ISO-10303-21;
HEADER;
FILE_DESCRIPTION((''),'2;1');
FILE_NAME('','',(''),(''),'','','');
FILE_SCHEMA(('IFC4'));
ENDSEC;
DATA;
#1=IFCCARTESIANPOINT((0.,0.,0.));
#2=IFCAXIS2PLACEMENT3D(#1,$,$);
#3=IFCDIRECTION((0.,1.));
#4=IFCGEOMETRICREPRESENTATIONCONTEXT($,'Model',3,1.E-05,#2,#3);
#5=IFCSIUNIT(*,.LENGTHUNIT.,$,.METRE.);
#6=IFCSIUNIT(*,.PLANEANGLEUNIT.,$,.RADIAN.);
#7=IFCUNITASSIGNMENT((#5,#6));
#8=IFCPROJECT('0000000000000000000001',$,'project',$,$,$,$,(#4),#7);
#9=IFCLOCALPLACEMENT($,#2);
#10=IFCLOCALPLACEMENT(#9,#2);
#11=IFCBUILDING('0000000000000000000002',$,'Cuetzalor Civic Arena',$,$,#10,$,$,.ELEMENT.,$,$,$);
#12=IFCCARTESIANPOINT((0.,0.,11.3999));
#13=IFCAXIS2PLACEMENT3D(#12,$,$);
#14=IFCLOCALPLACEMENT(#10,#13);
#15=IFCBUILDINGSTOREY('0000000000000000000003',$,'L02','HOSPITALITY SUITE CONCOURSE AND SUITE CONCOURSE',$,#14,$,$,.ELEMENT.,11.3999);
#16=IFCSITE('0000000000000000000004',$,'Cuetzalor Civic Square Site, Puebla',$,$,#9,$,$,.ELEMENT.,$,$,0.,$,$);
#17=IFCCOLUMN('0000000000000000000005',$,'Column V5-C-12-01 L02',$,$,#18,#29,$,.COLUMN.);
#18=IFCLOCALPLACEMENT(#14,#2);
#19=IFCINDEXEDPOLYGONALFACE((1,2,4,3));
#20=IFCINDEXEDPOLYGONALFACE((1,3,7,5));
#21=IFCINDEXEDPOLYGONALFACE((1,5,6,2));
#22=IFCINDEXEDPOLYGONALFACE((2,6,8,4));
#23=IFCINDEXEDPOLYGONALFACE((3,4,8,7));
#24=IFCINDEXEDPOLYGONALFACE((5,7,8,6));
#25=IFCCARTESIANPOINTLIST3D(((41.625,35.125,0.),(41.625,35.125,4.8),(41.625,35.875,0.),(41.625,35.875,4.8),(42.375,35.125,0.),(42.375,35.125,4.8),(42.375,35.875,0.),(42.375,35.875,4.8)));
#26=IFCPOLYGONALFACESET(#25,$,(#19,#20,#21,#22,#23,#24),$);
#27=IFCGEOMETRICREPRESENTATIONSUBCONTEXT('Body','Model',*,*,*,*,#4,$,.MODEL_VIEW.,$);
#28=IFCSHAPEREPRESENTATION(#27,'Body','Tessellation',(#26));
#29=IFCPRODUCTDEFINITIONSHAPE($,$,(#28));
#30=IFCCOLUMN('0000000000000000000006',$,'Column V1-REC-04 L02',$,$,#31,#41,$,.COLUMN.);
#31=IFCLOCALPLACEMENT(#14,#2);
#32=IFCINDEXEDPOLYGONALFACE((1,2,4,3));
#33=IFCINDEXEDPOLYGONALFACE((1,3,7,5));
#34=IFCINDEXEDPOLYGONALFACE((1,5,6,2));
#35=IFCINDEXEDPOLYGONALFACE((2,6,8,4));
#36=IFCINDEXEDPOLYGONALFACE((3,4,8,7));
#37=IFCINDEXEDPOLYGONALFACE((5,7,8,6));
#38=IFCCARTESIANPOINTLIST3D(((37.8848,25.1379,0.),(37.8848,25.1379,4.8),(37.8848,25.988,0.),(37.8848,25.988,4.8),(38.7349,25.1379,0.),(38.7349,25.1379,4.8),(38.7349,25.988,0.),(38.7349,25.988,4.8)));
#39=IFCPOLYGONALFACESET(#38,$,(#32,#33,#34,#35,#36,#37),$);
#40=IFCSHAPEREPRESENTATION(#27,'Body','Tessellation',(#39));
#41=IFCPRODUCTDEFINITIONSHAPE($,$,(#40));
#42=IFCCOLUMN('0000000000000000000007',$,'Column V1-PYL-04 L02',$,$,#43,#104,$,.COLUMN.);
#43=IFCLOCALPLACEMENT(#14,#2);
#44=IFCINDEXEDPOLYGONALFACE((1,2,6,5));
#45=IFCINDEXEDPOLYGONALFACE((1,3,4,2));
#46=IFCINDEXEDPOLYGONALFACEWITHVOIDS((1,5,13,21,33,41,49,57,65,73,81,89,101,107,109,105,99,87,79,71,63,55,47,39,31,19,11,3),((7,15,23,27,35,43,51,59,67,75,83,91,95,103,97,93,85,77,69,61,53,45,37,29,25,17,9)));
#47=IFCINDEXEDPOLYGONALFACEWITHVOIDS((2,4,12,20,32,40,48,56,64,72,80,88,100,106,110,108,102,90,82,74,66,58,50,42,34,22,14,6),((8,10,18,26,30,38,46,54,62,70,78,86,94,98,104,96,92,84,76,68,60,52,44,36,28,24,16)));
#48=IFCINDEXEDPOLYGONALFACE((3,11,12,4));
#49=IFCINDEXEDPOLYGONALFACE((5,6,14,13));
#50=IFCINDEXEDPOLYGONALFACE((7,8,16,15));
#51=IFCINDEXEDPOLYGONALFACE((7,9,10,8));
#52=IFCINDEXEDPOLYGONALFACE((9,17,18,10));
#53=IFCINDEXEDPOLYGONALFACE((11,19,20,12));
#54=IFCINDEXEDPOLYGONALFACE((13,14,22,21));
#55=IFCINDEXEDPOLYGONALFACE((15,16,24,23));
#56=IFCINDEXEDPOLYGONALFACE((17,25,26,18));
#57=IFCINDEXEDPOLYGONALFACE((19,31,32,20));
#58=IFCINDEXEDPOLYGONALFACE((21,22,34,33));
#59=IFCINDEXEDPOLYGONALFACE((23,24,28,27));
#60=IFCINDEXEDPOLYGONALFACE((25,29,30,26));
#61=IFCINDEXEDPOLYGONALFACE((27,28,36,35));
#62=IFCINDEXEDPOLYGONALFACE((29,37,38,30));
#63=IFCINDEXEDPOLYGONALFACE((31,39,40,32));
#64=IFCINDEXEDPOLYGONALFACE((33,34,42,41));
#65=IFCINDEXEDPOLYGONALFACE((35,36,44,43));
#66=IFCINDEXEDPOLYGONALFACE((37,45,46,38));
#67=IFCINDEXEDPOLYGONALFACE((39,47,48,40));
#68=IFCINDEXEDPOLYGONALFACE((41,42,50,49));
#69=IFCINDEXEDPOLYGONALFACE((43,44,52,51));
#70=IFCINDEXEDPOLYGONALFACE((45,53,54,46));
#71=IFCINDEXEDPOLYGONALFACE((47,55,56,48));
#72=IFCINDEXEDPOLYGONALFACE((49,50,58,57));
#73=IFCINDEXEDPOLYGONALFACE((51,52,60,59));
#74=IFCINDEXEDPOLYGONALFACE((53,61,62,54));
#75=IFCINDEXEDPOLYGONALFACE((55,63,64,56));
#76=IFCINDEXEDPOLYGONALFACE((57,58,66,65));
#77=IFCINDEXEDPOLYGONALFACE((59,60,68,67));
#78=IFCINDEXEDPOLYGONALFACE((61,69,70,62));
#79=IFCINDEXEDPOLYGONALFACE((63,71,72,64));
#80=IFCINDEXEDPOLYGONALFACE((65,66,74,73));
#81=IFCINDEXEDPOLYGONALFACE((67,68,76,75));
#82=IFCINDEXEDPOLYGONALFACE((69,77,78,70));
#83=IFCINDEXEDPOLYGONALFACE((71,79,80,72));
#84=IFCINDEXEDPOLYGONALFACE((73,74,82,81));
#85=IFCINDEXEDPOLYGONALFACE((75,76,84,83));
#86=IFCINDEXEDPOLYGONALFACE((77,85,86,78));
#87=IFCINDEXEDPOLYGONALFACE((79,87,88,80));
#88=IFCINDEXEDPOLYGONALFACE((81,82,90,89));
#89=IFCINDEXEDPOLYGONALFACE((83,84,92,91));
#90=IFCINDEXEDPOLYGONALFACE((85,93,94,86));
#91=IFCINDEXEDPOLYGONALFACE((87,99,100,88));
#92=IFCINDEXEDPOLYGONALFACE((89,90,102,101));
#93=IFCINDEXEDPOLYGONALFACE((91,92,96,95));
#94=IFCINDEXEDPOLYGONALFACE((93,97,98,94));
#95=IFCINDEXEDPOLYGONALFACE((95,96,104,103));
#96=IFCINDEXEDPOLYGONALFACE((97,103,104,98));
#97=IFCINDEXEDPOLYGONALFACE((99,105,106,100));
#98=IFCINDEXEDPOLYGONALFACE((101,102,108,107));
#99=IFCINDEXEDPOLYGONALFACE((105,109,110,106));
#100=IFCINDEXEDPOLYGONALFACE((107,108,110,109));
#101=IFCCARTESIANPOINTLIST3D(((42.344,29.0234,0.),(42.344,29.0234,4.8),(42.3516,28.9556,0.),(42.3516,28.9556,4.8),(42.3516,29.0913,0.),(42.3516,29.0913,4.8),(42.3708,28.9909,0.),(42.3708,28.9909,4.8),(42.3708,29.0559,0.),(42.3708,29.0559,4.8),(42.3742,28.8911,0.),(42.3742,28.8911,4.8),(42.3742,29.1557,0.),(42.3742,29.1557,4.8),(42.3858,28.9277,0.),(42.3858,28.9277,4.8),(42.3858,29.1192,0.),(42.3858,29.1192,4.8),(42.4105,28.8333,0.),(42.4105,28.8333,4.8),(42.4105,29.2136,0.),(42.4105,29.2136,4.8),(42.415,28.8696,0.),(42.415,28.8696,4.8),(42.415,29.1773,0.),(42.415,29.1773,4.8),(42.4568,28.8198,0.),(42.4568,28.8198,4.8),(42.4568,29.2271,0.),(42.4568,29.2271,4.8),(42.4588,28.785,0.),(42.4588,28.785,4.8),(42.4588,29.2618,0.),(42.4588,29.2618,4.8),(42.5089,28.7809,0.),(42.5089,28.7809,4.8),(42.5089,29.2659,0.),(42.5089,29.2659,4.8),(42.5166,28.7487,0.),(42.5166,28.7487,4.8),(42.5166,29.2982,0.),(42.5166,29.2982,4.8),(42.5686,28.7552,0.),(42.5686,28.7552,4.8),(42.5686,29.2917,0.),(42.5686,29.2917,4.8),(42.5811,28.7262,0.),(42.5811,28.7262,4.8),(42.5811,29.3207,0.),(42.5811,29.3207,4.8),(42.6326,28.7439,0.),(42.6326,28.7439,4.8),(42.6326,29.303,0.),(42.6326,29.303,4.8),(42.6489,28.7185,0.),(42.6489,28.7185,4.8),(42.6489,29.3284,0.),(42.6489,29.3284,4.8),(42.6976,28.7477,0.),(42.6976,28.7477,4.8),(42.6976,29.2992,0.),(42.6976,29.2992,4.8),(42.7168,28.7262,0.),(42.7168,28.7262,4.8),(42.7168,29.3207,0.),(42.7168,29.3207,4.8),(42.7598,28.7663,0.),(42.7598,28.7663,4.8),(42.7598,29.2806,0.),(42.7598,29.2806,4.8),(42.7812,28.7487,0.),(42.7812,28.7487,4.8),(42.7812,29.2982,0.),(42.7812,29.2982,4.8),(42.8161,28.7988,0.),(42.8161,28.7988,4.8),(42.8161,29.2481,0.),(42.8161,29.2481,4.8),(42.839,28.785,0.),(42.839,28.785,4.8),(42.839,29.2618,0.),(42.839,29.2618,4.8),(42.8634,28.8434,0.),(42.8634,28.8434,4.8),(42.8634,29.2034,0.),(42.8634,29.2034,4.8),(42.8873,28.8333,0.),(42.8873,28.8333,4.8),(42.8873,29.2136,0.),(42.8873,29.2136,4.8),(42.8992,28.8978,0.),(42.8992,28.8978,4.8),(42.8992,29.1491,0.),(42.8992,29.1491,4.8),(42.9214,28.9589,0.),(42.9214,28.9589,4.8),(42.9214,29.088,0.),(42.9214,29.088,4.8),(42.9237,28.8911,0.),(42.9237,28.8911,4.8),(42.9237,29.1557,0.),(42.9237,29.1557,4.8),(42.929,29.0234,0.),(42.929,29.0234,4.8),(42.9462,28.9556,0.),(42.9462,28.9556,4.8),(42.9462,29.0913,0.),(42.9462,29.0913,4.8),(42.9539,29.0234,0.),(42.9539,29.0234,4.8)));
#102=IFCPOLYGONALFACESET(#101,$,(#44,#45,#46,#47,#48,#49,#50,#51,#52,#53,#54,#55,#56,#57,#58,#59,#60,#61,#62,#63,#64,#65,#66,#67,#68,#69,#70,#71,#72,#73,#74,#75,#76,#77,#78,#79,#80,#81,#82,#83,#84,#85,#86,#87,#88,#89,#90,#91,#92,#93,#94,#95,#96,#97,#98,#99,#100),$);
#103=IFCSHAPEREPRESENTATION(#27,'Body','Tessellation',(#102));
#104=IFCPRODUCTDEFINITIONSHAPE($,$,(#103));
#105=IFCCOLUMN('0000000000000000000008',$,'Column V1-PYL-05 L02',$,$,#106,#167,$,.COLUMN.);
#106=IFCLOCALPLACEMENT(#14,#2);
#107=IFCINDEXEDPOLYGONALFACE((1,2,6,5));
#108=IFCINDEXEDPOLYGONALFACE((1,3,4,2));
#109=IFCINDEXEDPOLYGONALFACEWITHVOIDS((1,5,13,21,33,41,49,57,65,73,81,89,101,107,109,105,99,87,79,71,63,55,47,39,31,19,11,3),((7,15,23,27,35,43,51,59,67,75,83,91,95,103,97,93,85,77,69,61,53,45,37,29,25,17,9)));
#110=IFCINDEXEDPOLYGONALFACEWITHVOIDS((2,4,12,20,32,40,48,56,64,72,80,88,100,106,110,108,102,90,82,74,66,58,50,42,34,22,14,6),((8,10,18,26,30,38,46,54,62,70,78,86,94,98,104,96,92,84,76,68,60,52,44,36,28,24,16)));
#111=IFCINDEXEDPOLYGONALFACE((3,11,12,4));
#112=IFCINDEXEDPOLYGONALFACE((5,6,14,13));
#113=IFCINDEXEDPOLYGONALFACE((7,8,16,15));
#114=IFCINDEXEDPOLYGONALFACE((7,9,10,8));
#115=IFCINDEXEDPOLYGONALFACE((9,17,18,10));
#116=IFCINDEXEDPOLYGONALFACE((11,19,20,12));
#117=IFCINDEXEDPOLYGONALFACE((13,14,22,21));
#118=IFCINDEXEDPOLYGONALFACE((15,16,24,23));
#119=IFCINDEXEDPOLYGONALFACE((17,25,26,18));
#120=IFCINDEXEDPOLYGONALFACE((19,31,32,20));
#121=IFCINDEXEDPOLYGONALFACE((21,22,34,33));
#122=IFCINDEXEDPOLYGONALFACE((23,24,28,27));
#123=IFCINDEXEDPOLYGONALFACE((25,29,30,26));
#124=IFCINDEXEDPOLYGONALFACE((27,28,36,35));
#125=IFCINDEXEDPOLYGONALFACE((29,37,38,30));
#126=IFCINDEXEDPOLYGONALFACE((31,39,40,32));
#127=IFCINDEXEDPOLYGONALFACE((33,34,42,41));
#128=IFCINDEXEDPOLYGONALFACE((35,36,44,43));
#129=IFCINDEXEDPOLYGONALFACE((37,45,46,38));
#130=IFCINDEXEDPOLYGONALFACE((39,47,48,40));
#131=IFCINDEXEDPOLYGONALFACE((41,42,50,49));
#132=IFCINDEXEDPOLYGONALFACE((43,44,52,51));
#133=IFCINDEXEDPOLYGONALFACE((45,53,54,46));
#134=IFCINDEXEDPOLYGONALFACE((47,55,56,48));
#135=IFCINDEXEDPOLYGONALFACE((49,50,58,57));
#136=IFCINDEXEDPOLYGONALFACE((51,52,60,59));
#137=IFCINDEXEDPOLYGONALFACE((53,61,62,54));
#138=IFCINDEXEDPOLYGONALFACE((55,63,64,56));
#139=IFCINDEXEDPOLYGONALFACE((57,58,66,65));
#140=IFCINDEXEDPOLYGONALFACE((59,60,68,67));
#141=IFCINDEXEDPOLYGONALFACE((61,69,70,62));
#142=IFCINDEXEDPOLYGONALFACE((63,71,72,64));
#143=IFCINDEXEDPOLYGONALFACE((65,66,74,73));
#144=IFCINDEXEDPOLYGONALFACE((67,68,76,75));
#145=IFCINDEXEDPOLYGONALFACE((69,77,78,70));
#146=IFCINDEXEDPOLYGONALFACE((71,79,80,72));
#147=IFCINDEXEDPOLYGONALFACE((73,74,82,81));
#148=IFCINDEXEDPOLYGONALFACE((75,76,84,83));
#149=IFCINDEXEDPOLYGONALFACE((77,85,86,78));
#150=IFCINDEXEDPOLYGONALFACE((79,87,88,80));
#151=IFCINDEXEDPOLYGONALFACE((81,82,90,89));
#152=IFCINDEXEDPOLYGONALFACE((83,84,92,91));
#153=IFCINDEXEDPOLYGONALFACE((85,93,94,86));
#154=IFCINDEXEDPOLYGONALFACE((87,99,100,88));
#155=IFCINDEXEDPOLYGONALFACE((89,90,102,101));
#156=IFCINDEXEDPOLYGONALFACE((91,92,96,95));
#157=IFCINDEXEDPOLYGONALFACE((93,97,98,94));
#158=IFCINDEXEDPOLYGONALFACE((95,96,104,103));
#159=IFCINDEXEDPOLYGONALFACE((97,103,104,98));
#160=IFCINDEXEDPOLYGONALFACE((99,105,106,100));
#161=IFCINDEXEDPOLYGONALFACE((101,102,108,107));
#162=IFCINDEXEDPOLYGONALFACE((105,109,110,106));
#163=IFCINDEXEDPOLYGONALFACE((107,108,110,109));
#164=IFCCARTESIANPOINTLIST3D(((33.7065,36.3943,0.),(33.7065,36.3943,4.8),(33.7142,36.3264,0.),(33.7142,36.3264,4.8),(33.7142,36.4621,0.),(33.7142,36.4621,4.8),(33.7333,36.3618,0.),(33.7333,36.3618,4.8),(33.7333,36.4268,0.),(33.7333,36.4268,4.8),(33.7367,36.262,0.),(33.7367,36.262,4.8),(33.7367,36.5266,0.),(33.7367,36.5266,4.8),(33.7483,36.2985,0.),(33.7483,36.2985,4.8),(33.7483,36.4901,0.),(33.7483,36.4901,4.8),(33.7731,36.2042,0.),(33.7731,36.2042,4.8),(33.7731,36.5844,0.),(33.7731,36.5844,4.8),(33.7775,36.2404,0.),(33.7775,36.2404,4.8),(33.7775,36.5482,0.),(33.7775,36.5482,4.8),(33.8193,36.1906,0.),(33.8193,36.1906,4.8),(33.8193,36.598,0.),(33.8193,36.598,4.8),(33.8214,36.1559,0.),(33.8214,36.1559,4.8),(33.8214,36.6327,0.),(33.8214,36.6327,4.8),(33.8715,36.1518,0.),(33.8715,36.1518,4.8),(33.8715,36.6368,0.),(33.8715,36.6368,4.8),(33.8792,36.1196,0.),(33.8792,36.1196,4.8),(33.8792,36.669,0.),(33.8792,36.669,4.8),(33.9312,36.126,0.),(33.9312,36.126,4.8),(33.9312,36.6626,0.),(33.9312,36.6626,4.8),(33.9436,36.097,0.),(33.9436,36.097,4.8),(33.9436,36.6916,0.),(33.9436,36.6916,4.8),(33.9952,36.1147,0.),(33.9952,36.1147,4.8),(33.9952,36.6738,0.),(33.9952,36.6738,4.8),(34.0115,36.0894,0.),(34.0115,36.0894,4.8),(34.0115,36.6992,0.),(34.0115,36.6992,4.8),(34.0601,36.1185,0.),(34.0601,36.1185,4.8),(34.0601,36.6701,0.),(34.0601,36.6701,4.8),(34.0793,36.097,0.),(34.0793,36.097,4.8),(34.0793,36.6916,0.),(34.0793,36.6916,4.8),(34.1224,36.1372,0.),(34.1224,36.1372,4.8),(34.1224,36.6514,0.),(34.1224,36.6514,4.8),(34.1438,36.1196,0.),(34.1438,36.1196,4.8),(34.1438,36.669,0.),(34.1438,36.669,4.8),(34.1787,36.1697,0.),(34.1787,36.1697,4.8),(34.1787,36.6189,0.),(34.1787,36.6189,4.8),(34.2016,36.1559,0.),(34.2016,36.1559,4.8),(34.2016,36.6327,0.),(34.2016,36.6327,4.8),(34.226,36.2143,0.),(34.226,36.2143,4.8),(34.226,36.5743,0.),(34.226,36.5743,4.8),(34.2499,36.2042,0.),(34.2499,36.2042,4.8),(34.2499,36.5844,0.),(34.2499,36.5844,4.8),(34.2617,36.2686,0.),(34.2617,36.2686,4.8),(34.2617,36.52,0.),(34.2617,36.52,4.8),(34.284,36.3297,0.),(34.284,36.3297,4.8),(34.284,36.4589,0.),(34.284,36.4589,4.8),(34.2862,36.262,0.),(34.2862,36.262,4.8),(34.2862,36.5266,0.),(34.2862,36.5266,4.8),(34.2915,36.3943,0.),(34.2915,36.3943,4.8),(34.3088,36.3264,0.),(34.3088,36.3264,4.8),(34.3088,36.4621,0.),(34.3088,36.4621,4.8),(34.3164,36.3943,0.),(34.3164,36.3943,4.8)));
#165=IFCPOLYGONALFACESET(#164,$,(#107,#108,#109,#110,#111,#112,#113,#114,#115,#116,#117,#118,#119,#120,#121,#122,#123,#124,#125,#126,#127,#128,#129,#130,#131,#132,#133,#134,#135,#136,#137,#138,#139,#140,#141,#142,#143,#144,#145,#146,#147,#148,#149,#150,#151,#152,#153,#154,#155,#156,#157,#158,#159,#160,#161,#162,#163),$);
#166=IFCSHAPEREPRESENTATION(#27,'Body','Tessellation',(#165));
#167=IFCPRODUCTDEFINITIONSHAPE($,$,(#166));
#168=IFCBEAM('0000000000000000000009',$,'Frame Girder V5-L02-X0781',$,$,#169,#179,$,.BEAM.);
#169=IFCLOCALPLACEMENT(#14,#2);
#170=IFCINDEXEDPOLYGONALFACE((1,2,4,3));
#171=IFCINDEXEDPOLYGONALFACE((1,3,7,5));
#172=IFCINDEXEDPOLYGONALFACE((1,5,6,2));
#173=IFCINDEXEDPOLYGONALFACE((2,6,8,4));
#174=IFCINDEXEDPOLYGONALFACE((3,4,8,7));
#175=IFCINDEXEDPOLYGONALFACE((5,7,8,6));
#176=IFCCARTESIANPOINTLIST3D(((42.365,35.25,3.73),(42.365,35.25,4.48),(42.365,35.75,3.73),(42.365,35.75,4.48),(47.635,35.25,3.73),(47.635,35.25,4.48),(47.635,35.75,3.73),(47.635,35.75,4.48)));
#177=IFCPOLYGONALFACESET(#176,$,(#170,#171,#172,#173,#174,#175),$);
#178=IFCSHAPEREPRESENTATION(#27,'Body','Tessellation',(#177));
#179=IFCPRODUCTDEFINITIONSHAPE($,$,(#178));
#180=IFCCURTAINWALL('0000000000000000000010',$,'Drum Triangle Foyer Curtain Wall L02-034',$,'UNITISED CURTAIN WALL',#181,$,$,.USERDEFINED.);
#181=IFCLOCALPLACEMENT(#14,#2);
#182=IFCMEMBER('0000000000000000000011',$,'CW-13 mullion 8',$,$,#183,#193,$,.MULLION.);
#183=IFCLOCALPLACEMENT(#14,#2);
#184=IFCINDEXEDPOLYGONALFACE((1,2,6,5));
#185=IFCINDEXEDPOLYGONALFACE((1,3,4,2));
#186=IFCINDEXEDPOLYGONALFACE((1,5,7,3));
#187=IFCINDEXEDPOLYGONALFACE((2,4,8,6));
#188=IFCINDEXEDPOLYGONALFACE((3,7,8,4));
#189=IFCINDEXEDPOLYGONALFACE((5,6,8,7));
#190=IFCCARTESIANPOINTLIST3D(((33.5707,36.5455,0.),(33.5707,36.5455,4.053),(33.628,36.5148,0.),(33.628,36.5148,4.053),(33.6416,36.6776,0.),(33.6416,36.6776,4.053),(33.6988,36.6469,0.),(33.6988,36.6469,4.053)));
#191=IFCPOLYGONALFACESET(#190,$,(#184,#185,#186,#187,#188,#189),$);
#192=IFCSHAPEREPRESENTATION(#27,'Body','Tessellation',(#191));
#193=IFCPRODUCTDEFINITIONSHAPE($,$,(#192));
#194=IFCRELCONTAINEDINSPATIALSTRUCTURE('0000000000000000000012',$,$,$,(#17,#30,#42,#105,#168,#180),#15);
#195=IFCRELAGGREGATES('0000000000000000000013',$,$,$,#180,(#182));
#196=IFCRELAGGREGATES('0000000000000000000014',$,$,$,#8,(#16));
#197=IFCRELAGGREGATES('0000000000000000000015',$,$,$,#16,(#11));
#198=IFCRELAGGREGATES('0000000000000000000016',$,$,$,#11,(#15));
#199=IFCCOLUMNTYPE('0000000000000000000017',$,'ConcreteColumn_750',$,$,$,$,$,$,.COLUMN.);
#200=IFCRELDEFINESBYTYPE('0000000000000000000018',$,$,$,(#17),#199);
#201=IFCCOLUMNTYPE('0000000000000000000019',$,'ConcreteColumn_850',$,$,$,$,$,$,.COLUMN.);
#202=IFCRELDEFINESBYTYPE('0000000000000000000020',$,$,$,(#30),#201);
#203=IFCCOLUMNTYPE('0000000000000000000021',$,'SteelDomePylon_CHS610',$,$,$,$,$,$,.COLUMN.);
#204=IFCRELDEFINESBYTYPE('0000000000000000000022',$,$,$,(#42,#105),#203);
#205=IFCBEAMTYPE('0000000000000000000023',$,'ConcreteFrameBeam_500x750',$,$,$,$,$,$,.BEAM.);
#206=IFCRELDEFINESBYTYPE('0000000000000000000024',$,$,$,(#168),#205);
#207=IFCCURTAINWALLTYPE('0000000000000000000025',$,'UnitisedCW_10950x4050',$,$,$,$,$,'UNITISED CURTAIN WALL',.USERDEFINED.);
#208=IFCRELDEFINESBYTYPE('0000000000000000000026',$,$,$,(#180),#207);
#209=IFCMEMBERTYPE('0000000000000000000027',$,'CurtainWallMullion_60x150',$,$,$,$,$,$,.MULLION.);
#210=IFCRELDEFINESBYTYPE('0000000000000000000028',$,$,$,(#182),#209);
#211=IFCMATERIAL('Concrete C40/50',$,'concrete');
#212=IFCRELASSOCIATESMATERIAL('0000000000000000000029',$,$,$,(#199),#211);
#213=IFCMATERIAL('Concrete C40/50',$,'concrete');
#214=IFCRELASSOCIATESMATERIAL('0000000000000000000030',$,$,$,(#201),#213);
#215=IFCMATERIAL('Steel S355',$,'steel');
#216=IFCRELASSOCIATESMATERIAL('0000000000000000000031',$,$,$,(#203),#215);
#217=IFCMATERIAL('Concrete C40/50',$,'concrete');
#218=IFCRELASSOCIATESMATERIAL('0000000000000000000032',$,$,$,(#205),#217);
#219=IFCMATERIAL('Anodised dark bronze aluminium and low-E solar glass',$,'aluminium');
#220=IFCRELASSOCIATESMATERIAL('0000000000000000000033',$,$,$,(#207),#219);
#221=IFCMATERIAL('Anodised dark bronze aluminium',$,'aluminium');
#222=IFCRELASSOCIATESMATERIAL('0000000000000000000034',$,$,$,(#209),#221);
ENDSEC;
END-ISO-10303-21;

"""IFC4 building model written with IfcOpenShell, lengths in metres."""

from ifc_helpers import new_model, si_unit, direction, frame, origin, origin_2d, place, context, subcontext, project, spatial, rectangle, hollow_circle, extrude, material, material_profile, profile_set, type_object, element, aggregate, save


model = new_model("IFC4")

# Units and contexts
model_context = context("Model", 3, precision=1e-05, world=origin(), true_north=direction((0.0, 1.0)))
body_context = subcontext(model_context, "Body", "Model", "MODEL_VIEW")
ifc_project = project(units=[si_unit("LENGTHUNIT", "METRE"), si_unit("PLANEANGLEUNIT", "RADIAN")], contexts=[model_context])

# Site, building, storey
site_placement = place(None, origin())
site = spatial("IfcSite", under=ifc_project, at=site_placement, Name="Cuetzalor Civic Square Site, Puebla", CompositionType="ELEMENT", RefElevation=0.0)
building_placement = place(site_placement, origin())
building = spatial("IfcBuilding", under=site, at=building_placement, Name="Cuetzalor Civic Arena", CompositionType="ELEMENT")
storey_placement = place(building_placement, frame((0.0, 0.0, 11.3999)))
storey = spatial("IfcBuildingStorey", under=building, at=storey_placement, Name="L02", Description="HOSPITALITY SUITE CONCOURSE AND SUITE CONCOURSE", CompositionType="ELEMENT", Elevation=11.3999)

# Columns
ifc_material_1 = material(Name="Concrete C40/50", Category="concrete")
ifc_material_profile_1 = material_profile(ifc_material_1, rectangle(XDim=0.75, YDim=0.75, at=origin_2d()), Name="RC 750x750")
ifc_profile_set_1 = profile_set([ifc_material_profile_1], Name="Concrete C40/50")
column_type_1 = type_object("IfcColumnType", Name="ConcreteColumn_750", PredefinedType="COLUMN", material=ifc_profile_set_1)
column_1_placement = place(storey_placement, frame((42.0, 35.5, 0.0), z_axis=(0.0, 0.0, 1.0), x_axis=(1.0, 0.0, 0.0)))
element("IfcColumn", 1, at=column_1_placement, inside=storey, type_object=column_type_1, Name="Column V5-C-12-01 L02", PredefinedType="COLUMN", context=body_context, shape_type="SweptSolid", body=[
    extrude(rectangle(XDim=0.75, YDim=0.75, at=origin_2d()), origin(), (0.0, 0.0, 1.0), 4.8),
])
ifc_material_2 = material(Name="Concrete C40/50", Category="concrete")
ifc_material_profile_2 = material_profile(ifc_material_2, rectangle(XDim=0.8501, YDim=0.8501, at=origin_2d()), Name="RC 850x850")
ifc_profile_set_2 = profile_set([ifc_material_profile_2], Name="Concrete C40/50")
column_type_2 = type_object("IfcColumnType", Name="ConcreteColumn_850", PredefinedType="COLUMN", material=ifc_profile_set_2)
column_2_placement = place(storey_placement, frame((38.3098, 25.563, 0.0), z_axis=(0.0, 0.0, 1.0), x_axis=(1.0, 0.0, 0.0)))
element("IfcColumn", 2, at=column_2_placement, inside=storey, type_object=column_type_2, Name="Column V1-REC-04 L02", PredefinedType="COLUMN", context=body_context, shape_type="SweptSolid", body=[
    extrude(rectangle(XDim=0.8501, YDim=0.8501, at=origin_2d()), origin(), (0.0, 0.0, 1.0), 4.8),
])
ifc_material_3 = material(Name="Steel S355", Category="steel")
ifc_material_profile_3 = material_profile(ifc_material_3, hollow_circle(Radius=0.3049, WallThickness=0.0249, at=origin_2d()), Name="CHS 610x25")
ifc_profile_set_3 = profile_set([ifc_material_profile_3], Name="Steel S355")
column_type_3 = type_object("IfcColumnType", Name="SteelDomePylon_CHS610", PredefinedType="COLUMN", material=ifc_profile_set_3)
for number, where, z_axis, x_axis, name in (
    (3, (42.6489, 29.0234, 0.0), (0.0, 0.0, 1.0), (1.0, 0.0, 0.0), "Column V1-PYL-04 L02"),
    (4, (34.0115, 36.3943, 0.0), (0.0, 0.0, 1.0), (1.0, 0.0, 0.0), "Column V1-PYL-05 L02"),
):
    element("IfcColumn", number, at=place(storey_placement, frame(where, z_axis=z_axis, x_axis=x_axis)), inside=storey, type_object=column_type_3, Name=name, PredefinedType="COLUMN", context=body_context, shape_type="SweptSolid", body=[
        extrude(hollow_circle(Radius=0.3049, WallThickness=0.0249, at=origin_2d()), origin(), (0.0, 0.0, 1.0), 4.8),
    ])

# Beam
ifc_material_4 = material(Name="Concrete C40/50", Category="concrete")
ifc_material_profile_4 = material_profile(ifc_material_4, rectangle(XDim=0.5, YDim=0.75, at=origin_2d()), Name="RC 500x750")
ifc_profile_set_4 = profile_set([ifc_material_profile_4], Name="Concrete C40/50")
beam_type_1 = type_object("IfcBeamType", Name="ConcreteFrameBeam_500x750", PredefinedType="BEAM", material=ifc_profile_set_4)
beam_1_placement = place(storey_placement, frame((42.365, 35.5, 4.105), z_axis=(1.0, 0.0, 0.0), x_axis=(0.0, 1.0, 0.0)))
element("IfcBeam", 5, at=beam_1_placement, inside=storey, type_object=beam_type_1, Name="Frame Girder V5-L02-X0781", PredefinedType="BEAM", context=body_context, shape_type="SweptSolid", body=[
    extrude(rectangle(XDim=0.5, YDim=0.75, at=origin_2d()), origin(), (0.0, 0.0, 1.0), 5.27),
])

# Curtain wall, member
ifc_material_5 = material(Name="Anodised dark bronze aluminium and low-E solar glass", Category="aluminium")
curtain_wall_type = type_object("IfcCurtainWallType", Name="UnitisedCW_10950x4050", ElementType="UNITISED CURTAIN WALL", PredefinedType="USERDEFINED", material=ifc_material_5)
curtain_wall_placement = place(storey_placement, origin())
curtain_wall = element("IfcCurtainWall", 6, at=curtain_wall_placement, inside=storey, type_object=curtain_wall_type, Name="Drum Triangle Foyer Curtain Wall L02-034", ObjectType="UNITISED CURTAIN WALL", PredefinedType="USERDEFINED")
ifc_material_6 = material(Name="Anodised dark bronze aluminium", Category="aluminium")
ifc_material_profile_5 = material_profile(ifc_material_6, rectangle(XDim=0.0649, YDim=0.1499, at=origin_2d()), Name="ALU MULLION 65x150")
ifc_profile_set_5 = profile_set([ifc_material_profile_5], Name="Anodised dark bronze aluminium")
member_type_1 = type_object("IfcMemberType", Name="CurtainWallMullion_60x150", PredefinedType="MULLION", material=ifc_profile_set_5)
member_1_placement = place(storey_placement, frame((33.6348, 36.5962, 0.0), z_axis=(0.0, 0.0, 1.0), x_axis=(0.881306, -0.472545, 0.0)))
member_1 = element("IfcMember", 7, at=member_1_placement, type_object=member_type_1, Name="CW-13 mullion 8", PredefinedType="MULLION", context=body_context, shape_type="SweptSolid", body=[
    extrude(rectangle(XDim=0.0649, YDim=0.1499, at=origin_2d()), origin(), (0.0, 0.0, 1.0), 4.053),
])

aggregate(curtain_wall, [member_1])

save(model, "model.ifc")
